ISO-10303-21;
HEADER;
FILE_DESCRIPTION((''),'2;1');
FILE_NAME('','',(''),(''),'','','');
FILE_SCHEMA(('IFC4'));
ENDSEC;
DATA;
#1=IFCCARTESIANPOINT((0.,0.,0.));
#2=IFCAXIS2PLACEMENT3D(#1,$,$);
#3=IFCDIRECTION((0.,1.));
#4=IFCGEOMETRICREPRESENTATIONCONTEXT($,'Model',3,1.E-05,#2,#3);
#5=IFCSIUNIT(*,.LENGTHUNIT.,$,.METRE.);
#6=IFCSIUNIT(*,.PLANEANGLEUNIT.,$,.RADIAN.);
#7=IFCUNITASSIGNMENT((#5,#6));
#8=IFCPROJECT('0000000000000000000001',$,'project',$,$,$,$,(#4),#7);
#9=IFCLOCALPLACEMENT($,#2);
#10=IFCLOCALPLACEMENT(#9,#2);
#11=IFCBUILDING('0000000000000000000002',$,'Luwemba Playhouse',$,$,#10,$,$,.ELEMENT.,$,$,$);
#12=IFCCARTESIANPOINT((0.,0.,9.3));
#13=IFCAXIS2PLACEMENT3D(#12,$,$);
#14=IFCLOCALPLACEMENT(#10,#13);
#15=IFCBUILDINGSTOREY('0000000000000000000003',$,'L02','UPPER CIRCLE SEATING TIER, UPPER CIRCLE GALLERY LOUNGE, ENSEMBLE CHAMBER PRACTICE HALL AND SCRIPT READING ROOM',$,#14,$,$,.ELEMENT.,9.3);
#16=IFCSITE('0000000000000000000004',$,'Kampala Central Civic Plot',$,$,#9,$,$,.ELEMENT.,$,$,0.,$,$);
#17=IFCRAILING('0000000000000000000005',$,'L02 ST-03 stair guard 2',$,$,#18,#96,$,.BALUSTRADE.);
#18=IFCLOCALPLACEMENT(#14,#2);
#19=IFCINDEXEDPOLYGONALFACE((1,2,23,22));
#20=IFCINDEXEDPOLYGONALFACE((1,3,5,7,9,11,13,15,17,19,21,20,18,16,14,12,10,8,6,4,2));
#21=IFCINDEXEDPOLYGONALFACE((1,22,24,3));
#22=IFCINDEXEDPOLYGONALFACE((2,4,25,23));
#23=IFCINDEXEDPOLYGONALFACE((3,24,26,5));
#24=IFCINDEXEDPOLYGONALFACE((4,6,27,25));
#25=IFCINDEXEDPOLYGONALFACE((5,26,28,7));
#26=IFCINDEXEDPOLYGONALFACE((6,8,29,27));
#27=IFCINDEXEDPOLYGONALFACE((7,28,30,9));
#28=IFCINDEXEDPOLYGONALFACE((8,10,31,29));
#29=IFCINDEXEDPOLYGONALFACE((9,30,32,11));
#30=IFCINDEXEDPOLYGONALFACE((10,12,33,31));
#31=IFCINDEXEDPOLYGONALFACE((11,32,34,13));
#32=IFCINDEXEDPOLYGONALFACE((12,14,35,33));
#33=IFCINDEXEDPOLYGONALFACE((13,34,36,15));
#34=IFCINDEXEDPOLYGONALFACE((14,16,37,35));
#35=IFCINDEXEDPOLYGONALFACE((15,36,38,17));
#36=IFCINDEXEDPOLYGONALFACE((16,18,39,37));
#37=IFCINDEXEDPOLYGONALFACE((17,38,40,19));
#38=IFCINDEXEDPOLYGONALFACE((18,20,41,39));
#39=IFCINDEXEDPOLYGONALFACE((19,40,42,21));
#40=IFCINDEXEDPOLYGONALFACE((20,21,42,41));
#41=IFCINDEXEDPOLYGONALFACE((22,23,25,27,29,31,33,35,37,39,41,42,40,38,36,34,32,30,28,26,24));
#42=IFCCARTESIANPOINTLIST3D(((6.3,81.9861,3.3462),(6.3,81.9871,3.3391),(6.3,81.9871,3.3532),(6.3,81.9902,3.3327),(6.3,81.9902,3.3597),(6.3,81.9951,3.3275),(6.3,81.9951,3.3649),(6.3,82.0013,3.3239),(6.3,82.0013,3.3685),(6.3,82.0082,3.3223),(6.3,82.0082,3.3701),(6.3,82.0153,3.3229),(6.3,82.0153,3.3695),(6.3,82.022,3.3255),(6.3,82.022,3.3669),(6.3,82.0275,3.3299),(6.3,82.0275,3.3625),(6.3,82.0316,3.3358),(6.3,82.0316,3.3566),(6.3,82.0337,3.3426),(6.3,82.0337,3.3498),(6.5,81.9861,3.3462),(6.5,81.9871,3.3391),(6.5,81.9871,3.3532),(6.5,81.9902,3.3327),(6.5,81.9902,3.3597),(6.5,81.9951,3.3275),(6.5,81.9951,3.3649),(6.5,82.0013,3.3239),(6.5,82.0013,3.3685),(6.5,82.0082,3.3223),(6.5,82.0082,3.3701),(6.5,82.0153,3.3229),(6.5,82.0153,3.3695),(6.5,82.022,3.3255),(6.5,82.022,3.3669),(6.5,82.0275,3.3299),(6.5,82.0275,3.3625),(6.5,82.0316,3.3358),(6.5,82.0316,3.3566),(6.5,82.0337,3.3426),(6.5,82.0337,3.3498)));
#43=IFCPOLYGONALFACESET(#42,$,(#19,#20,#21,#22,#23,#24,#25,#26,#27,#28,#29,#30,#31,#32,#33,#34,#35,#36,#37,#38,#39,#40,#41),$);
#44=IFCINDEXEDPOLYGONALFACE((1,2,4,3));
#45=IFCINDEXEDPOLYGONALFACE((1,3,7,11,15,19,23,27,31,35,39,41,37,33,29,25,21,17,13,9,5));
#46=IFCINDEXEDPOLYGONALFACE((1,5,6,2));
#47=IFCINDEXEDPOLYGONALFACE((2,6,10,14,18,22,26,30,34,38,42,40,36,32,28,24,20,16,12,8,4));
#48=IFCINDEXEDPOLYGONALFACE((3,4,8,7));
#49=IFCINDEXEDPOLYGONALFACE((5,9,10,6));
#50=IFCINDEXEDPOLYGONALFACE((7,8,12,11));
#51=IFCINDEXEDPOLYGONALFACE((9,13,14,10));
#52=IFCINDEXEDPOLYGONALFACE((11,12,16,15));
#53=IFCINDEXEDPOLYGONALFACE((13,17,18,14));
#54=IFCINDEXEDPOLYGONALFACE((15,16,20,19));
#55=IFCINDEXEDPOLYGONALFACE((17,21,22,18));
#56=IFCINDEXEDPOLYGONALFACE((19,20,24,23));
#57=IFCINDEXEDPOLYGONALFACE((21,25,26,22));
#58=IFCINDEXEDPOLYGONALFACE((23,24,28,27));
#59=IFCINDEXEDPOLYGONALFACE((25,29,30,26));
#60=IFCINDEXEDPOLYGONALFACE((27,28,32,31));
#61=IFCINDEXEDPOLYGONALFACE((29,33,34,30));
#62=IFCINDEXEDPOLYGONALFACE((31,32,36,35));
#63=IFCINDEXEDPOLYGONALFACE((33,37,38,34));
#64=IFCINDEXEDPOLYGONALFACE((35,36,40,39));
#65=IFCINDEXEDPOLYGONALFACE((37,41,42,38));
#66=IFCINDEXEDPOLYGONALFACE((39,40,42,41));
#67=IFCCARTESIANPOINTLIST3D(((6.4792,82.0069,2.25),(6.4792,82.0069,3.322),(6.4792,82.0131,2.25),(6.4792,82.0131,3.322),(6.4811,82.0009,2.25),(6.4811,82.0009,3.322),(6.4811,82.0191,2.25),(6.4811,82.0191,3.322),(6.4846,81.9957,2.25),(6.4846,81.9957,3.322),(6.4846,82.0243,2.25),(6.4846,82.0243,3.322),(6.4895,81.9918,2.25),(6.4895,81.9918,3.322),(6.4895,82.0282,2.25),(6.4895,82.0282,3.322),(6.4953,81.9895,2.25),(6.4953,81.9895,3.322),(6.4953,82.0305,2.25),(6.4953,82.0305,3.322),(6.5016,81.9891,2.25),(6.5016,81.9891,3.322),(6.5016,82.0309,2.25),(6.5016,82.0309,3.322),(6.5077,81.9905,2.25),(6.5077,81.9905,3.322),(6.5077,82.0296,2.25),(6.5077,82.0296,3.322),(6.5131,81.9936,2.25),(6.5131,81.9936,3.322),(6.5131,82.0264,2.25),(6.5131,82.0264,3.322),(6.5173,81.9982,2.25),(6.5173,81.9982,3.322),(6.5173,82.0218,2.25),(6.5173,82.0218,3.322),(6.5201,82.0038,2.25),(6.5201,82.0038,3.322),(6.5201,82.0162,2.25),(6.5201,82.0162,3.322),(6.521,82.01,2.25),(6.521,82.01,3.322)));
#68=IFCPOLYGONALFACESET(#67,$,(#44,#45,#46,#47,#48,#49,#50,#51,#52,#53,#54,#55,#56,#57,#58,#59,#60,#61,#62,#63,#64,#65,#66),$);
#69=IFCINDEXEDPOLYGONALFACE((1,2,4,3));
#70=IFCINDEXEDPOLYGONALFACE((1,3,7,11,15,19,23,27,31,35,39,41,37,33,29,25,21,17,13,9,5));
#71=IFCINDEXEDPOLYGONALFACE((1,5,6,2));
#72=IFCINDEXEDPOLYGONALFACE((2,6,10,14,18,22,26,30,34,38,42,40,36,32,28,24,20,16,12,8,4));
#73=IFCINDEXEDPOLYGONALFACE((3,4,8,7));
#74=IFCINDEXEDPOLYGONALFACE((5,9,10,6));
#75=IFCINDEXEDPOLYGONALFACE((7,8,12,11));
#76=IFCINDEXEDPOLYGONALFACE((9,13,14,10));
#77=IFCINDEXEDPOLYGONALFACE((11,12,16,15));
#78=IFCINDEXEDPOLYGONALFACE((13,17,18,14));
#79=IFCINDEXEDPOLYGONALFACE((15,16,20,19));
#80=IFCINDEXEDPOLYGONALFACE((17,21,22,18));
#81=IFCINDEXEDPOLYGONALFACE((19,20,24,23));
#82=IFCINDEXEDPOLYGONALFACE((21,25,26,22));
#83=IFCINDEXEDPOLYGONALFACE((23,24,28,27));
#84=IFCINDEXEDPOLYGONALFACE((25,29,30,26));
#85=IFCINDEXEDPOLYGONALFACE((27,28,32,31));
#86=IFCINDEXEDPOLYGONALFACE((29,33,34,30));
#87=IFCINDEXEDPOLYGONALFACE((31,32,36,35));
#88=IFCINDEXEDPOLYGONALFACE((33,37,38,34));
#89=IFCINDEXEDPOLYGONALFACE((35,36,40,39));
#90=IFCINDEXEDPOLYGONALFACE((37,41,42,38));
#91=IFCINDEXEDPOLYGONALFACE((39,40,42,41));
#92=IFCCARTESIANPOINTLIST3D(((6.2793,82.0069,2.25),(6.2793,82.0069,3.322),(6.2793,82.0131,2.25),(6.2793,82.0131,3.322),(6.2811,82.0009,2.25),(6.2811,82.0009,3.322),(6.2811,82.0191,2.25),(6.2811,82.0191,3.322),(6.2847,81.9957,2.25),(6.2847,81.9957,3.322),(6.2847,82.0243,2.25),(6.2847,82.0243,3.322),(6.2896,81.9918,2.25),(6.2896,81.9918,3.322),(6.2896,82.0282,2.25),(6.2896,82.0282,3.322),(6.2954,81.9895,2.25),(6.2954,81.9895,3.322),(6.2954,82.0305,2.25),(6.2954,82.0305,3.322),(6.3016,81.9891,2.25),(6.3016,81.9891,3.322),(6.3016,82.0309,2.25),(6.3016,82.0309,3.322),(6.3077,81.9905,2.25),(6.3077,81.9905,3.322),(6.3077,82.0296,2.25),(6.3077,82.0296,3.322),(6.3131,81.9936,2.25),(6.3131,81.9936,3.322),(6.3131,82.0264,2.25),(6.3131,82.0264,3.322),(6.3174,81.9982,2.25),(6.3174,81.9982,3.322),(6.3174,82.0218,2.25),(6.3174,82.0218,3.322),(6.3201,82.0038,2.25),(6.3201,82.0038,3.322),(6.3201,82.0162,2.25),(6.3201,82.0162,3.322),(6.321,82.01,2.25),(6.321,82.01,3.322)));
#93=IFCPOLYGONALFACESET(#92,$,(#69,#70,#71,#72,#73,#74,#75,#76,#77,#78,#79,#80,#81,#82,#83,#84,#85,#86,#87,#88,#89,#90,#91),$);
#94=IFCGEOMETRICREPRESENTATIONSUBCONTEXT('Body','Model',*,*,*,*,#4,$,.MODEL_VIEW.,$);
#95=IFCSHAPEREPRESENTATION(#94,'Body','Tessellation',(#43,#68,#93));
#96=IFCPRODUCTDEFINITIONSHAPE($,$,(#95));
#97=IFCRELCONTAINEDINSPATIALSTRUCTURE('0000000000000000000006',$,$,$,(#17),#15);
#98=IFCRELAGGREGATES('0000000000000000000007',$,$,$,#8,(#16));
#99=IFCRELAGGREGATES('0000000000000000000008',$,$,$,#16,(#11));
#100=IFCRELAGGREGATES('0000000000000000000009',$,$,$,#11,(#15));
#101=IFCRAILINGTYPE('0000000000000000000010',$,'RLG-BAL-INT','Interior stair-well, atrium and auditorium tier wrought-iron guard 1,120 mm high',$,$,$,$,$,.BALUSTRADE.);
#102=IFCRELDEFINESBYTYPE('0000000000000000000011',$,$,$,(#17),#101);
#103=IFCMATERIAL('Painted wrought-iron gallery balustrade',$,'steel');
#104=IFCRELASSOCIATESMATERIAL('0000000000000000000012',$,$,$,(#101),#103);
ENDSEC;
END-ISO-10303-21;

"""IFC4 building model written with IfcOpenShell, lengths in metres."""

from ifc_helpers import new_model, si_unit, direction, frame, origin, origin_2d, place, context, subcontext, project, spatial, circle, extrude, material, type_object, element, save


model = new_model("IFC4")

# Units and contexts
model_context = context("Model", 3, precision=1e-05, world=origin(), true_north=direction((0.0, 1.0)))
body_context = subcontext(model_context, "Body", "Model", "MODEL_VIEW")
ifc_project = project(units=[si_unit("LENGTHUNIT", "METRE"), si_unit("PLANEANGLEUNIT", "RADIAN")], contexts=[model_context])

# Site, building, storey
site_placement = place(None, origin())
site = spatial("IfcSite", under=ifc_project, at=site_placement, Name="Kampala Central Civic Plot", CompositionType="ELEMENT", RefElevation=0.0)
building_placement = place(site_placement, origin())
building = spatial("IfcBuilding", under=site, at=building_placement, Name="Luwemba Playhouse", CompositionType="ELEMENT")
storey_placement = place(building_placement, frame((0.0, 0.0, 9.3)))
storey = spatial("IfcBuildingStorey", under=building, at=storey_placement, Name="L02", Description="UPPER CIRCLE SEATING TIER, UPPER CIRCLE GALLERY LOUNGE, ENSEMBLE CHAMBER PRACTICE HALL AND SCRIPT READING ROOM", CompositionType="ELEMENT", Elevation=9.3)

# Railing
ifc_material_1 = material(Name="Painted wrought-iron gallery balustrade", Category="steel")
railing_type_1 = type_object("IfcRailingType", Name="RLG-BAL-INT", Description="Interior stair-well, atrium and auditorium tier wrought-iron guard 1,120 mm high", PredefinedType="BALUSTRADE", material=ifc_material_1)
railing_1_placement = place(storey_placement, frame((6.5, 82.01, 2.25)))
element("IfcRailing", 1, at=railing_1_placement, inside=storey, type_object=railing_type_1, Name="L02 ST-03 stair guard 2", PredefinedType="BALUSTRADE", context=body_context, shape_type="SweptSolid", body=[
    extrude(circle(Radius=0.0239, at=origin_2d()), frame((0.0, 0.0, 1.0962), z_axis=(-1.0, 0.0, 0.0), x_axis=(0.0, -1.0, 0.0)), (0.0, 0.0, 1.0), 0.2),
    extrude(circle(Radius=0.021, at=origin_2d()), origin(), (0.0, 0.0, 1.0), 1.072),
    extrude(circle(Radius=0.021, at=origin_2d()), frame((-0.2, 0.0, 0.0)), (0.0, 0.0, 1.0), 1.072),
])

save(model, "model.ifc")
